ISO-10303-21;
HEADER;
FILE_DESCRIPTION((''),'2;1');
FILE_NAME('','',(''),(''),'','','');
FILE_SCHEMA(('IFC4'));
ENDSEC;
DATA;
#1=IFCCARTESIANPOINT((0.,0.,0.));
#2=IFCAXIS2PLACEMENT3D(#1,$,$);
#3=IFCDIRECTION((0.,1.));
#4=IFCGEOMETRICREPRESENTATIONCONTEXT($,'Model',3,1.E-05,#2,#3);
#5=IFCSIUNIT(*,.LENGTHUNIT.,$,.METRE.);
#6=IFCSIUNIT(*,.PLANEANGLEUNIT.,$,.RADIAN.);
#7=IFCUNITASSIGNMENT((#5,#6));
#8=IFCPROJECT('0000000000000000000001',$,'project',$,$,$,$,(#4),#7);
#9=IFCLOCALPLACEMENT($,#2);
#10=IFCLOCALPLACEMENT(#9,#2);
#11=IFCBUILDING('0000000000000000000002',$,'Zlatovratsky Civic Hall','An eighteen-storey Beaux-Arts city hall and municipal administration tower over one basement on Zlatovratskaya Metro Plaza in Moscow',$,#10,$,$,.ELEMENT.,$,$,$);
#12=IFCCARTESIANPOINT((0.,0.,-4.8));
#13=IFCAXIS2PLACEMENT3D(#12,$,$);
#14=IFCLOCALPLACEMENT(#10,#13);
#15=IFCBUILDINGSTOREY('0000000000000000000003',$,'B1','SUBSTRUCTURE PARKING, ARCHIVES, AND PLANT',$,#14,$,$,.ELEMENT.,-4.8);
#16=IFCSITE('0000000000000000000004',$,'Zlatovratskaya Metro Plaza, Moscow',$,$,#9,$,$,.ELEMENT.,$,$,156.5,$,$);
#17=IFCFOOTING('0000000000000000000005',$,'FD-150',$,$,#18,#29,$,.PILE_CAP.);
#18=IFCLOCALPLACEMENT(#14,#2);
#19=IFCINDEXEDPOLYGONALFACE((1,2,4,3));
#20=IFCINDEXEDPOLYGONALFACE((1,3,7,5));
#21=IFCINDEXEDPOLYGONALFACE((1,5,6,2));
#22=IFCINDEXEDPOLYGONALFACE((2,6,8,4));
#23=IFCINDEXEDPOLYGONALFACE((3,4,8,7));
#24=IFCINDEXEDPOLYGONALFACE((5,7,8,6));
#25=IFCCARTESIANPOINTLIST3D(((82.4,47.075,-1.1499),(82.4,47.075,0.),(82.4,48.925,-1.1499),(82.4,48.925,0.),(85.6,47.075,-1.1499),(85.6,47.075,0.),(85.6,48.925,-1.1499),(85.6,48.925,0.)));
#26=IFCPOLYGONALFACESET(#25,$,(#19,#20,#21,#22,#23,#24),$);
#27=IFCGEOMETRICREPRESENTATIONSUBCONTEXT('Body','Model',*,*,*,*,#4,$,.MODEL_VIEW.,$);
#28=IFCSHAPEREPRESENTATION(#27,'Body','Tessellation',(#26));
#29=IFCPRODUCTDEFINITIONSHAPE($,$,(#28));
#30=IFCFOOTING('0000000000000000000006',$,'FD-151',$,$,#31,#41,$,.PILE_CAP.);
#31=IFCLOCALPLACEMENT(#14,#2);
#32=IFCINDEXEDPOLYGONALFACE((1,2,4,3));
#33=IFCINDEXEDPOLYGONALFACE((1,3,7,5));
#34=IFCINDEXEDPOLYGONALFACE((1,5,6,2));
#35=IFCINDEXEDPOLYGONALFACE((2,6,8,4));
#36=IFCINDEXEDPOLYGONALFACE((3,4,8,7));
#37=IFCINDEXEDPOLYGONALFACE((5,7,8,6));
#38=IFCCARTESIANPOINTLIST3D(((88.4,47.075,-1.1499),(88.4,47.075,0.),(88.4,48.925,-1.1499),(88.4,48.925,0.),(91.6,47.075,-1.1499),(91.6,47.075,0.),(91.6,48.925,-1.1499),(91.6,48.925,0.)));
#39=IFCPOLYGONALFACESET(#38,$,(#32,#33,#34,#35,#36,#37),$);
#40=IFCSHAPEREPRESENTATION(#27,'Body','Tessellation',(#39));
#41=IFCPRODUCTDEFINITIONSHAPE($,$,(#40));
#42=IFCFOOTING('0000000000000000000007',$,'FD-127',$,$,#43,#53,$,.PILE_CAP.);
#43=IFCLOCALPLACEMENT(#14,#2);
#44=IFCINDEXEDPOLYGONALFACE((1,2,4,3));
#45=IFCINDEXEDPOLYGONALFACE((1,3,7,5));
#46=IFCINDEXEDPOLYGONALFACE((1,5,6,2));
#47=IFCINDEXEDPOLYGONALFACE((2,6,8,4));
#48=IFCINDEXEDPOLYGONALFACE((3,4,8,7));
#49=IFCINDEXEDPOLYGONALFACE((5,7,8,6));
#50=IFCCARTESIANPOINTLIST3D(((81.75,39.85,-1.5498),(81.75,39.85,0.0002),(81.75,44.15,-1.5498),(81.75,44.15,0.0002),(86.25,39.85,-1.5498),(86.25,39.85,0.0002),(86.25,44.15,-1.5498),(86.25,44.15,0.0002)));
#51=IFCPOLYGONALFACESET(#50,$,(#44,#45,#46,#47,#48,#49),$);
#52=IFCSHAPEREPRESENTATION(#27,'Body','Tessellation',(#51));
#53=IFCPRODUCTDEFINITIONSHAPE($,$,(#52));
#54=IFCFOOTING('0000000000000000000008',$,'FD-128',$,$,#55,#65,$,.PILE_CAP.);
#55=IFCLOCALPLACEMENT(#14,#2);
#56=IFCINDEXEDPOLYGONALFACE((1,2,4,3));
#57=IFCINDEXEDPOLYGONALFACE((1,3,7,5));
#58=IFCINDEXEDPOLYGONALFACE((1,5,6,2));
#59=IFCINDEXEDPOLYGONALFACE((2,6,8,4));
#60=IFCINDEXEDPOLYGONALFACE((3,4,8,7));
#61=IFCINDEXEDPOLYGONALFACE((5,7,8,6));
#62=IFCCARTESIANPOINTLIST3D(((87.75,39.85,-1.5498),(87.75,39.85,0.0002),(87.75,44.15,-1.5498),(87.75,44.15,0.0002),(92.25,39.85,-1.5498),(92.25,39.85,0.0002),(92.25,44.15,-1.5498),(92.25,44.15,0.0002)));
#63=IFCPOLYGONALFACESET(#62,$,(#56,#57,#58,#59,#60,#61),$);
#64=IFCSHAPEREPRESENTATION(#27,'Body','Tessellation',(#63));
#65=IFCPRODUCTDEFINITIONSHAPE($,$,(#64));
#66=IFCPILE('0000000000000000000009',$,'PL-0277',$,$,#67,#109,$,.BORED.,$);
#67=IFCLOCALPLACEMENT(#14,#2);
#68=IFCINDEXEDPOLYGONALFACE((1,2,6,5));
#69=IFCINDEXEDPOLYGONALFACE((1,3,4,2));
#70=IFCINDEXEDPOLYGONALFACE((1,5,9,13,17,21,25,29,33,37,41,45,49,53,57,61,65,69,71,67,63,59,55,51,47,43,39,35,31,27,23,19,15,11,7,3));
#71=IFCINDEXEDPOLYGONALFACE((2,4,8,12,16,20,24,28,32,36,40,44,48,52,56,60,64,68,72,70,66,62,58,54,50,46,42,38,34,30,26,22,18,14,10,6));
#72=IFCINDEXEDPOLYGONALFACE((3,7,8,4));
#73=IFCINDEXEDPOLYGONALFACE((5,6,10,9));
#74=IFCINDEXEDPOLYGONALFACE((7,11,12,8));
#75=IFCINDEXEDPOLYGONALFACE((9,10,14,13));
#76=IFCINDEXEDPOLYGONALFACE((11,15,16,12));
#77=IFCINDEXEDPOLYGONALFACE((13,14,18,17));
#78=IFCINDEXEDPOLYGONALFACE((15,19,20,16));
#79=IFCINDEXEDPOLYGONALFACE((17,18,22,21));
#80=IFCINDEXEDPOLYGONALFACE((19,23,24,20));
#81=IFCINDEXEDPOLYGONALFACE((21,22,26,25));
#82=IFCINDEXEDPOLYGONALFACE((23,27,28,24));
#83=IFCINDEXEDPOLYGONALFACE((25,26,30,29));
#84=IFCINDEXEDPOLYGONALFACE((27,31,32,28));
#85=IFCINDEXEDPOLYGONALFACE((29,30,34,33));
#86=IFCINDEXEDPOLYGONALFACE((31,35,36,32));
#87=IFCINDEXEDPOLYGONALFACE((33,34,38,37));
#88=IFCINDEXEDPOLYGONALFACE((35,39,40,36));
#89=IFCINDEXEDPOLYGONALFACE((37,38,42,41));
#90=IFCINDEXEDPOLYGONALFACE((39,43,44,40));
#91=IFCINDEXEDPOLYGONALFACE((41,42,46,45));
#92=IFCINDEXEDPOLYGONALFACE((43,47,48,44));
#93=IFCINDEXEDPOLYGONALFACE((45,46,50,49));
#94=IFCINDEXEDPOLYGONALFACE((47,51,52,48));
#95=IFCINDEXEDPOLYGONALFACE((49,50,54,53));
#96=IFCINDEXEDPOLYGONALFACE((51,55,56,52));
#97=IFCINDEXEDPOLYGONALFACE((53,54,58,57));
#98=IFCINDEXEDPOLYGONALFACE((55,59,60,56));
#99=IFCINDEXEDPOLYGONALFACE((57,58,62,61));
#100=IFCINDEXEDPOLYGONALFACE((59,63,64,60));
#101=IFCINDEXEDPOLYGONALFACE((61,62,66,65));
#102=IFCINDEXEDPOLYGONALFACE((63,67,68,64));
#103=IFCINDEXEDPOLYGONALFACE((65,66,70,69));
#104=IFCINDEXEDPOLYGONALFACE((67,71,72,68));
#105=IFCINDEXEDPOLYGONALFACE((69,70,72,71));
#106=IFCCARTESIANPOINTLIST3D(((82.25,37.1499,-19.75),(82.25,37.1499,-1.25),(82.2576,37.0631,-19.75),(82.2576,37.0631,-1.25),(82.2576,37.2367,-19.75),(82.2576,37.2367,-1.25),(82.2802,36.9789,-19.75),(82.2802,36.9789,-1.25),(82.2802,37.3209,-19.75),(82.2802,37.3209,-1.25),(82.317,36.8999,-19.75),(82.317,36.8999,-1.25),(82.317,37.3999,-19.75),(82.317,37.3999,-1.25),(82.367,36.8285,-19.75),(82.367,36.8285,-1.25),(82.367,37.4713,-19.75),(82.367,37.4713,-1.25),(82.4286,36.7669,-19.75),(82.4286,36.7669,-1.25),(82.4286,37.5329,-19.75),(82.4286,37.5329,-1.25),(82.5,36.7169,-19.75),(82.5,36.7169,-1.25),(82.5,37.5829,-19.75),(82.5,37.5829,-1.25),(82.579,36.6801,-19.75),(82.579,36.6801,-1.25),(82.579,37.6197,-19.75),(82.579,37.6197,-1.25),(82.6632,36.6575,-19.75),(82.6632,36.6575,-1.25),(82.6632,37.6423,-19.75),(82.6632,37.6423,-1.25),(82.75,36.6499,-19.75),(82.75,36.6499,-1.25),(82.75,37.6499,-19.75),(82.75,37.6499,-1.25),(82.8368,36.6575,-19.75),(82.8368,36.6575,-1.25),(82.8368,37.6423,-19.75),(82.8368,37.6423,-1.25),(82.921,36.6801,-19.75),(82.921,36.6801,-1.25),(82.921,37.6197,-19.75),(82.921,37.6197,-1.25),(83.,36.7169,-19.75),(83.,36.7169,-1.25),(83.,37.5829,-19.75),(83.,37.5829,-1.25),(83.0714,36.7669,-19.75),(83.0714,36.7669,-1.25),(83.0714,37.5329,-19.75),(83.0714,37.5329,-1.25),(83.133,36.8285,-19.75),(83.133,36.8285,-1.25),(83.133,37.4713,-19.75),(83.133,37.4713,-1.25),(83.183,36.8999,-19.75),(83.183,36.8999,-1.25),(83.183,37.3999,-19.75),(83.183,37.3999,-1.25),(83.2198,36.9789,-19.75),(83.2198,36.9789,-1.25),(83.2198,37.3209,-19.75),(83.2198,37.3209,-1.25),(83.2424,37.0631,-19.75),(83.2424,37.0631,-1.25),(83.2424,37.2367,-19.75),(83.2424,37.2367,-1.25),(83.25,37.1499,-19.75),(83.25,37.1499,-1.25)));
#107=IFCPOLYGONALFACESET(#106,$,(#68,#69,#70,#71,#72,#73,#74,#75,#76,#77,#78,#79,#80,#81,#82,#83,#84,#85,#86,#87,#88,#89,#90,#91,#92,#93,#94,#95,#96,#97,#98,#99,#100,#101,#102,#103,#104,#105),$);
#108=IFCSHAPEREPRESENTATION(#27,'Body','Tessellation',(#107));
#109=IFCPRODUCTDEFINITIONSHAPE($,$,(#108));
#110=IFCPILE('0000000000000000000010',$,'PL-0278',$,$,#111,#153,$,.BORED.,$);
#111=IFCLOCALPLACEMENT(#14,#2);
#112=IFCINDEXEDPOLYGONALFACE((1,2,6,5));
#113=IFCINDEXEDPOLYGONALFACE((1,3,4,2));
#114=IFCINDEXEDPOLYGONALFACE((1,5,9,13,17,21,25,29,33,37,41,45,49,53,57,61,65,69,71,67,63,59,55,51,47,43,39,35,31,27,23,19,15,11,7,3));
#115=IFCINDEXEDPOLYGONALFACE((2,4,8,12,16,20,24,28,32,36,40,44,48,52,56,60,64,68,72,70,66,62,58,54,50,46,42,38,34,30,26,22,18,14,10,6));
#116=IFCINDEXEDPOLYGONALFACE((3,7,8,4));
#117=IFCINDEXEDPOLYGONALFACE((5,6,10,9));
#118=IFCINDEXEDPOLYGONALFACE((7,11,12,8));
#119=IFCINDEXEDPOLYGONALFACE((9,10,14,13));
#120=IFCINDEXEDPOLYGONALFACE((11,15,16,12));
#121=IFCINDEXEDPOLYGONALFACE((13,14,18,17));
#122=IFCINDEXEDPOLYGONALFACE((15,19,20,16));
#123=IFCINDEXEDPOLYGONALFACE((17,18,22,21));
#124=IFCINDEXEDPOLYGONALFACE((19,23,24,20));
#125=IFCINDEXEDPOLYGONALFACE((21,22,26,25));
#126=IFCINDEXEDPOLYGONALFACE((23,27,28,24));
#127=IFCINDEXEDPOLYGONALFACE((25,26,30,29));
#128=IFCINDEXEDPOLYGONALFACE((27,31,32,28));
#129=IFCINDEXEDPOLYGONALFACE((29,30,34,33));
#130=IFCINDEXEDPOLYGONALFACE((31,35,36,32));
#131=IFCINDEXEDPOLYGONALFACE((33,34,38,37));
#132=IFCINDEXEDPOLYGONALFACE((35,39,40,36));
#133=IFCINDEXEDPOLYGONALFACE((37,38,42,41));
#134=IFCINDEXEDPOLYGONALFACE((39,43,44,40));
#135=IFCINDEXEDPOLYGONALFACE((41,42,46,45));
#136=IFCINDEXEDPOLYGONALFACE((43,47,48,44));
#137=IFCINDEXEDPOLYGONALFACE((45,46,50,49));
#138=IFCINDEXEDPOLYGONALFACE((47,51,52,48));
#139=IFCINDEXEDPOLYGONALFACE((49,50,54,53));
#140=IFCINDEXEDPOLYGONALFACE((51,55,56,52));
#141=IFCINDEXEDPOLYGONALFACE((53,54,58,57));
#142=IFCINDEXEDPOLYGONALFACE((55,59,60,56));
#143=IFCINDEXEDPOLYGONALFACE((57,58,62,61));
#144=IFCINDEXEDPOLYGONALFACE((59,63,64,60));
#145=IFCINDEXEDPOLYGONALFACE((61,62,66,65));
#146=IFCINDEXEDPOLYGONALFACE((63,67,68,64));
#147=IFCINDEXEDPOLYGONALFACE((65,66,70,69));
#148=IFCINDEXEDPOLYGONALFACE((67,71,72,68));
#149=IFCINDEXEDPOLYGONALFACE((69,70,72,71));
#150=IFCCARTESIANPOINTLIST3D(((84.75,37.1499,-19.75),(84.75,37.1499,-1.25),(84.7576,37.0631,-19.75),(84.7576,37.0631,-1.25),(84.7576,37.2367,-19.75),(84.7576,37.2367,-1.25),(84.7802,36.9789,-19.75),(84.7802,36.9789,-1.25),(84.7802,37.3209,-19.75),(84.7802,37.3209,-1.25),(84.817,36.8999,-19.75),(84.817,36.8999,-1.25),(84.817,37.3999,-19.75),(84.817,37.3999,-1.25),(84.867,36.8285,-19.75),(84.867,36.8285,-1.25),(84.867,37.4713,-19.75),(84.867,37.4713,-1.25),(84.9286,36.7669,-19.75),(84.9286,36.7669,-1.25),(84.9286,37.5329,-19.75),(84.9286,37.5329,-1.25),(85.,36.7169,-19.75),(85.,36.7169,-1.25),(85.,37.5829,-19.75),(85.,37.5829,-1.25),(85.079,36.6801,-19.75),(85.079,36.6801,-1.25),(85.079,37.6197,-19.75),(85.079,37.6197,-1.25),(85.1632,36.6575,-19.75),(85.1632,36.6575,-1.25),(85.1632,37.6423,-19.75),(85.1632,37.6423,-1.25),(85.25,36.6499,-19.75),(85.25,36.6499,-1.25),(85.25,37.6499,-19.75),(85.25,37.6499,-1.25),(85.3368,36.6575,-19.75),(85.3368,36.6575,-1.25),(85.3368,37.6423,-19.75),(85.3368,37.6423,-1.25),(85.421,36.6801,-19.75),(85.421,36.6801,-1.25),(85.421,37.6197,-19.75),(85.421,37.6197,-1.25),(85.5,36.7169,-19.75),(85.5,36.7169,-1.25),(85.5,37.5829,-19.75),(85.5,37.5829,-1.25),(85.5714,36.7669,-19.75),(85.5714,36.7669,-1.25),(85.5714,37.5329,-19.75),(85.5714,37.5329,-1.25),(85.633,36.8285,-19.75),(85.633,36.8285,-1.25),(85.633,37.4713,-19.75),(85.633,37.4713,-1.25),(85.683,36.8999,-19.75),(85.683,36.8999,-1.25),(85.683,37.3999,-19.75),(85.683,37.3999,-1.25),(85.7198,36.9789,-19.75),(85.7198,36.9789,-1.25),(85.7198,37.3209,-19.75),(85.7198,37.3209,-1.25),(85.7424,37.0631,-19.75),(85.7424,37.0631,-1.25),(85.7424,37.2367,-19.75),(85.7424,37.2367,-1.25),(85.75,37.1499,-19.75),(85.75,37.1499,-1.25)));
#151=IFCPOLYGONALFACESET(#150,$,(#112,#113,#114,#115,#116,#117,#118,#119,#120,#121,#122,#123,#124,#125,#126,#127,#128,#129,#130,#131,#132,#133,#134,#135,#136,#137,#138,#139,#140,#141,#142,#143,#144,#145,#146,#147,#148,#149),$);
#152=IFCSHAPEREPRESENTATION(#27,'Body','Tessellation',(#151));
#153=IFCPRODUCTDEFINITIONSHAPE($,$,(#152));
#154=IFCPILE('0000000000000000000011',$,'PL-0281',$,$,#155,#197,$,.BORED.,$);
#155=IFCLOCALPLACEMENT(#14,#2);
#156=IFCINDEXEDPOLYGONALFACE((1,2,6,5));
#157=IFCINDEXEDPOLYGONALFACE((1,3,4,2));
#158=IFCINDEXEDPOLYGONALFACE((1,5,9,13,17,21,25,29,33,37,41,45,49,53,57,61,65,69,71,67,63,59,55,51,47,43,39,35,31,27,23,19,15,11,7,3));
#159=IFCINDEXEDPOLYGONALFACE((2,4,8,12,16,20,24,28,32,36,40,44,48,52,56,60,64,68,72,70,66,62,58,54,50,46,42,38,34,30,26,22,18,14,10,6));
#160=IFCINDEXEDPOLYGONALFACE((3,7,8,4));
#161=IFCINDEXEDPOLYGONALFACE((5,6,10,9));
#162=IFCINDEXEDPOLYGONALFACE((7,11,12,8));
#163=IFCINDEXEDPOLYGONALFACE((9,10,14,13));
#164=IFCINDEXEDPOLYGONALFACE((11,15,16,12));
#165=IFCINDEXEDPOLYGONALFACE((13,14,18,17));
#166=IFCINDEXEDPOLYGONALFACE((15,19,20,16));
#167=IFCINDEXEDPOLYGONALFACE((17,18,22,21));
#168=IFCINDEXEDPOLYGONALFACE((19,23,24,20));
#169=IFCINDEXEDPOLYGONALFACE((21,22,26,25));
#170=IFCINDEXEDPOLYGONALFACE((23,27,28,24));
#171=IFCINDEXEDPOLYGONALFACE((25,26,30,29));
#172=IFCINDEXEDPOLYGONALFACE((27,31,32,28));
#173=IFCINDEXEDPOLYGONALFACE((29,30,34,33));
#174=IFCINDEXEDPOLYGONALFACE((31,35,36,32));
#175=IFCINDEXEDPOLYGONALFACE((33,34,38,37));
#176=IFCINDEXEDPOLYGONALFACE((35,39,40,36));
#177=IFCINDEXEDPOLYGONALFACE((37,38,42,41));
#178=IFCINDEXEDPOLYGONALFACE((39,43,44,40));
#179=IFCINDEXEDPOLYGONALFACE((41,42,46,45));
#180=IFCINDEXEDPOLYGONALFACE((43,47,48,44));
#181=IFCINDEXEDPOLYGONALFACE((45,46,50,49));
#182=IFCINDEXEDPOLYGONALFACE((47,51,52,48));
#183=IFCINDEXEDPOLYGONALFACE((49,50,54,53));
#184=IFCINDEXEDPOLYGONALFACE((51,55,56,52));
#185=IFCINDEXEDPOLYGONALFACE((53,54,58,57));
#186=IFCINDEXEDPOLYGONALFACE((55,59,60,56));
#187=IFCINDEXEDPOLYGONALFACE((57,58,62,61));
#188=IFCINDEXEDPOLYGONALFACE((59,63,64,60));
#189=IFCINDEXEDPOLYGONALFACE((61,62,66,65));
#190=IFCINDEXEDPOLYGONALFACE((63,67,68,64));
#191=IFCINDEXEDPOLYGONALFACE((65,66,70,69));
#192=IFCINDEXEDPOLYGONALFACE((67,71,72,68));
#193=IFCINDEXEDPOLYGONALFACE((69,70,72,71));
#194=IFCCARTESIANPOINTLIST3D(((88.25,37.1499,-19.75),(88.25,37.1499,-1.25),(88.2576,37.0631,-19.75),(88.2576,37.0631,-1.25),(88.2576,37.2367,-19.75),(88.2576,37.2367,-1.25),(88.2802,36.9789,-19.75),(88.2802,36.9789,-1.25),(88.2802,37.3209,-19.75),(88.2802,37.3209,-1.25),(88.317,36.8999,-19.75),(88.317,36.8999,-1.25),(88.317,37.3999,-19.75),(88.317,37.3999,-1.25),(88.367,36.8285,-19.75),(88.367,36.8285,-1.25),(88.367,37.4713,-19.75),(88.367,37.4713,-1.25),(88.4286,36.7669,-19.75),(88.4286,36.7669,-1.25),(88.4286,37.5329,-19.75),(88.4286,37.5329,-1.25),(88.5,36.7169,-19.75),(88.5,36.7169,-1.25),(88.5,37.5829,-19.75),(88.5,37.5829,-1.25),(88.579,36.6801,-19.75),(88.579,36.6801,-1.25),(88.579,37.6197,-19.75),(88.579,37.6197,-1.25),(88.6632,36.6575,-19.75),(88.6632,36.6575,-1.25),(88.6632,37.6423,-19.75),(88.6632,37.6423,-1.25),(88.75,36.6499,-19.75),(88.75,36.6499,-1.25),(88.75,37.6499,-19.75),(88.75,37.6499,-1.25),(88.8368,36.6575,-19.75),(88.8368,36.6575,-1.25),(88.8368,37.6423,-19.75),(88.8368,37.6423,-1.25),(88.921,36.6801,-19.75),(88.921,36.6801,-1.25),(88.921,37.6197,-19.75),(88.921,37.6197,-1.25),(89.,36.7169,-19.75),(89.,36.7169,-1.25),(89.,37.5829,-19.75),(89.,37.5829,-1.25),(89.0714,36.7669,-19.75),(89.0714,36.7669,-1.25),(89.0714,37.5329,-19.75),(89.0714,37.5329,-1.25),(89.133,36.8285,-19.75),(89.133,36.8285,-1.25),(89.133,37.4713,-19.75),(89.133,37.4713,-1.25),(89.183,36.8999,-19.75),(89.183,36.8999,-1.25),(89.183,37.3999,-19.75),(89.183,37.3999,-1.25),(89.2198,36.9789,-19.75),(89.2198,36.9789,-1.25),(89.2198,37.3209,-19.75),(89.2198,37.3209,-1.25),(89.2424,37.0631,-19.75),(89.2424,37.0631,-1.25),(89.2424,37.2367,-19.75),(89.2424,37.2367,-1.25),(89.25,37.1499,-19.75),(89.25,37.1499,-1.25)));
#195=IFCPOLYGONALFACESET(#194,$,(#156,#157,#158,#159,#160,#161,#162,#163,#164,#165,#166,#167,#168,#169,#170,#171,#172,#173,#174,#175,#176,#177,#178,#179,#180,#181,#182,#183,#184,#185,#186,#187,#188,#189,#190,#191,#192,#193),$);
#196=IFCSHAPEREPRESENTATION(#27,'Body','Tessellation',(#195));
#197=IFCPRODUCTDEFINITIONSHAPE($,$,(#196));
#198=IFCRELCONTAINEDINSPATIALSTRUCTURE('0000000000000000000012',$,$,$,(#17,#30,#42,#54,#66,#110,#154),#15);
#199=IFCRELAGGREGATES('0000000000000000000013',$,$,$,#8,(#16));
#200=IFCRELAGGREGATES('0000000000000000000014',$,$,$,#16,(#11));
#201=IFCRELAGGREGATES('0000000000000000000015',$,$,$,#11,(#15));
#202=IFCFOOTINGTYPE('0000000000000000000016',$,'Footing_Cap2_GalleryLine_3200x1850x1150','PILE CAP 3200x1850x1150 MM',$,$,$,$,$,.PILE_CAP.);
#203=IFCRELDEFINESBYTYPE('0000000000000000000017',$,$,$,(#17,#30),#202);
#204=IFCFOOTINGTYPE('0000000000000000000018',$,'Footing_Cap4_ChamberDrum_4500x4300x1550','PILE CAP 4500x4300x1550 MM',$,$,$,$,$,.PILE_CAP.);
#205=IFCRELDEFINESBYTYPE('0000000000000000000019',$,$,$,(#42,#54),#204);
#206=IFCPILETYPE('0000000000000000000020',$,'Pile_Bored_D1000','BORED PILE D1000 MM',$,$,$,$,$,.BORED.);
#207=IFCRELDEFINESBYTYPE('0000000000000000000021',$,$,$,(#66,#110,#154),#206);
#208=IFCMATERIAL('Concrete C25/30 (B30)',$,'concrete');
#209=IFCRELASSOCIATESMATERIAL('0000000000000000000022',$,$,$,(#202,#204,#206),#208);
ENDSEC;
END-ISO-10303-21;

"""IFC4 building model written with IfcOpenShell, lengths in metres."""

from ifc_helpers import new_model, si_unit, direction, frame, origin, origin_2d, place, context, subcontext, project, spatial, rectangle, circle, extrude, material, material_profile, profile_set, type_object, element, save


model = new_model("IFC4")

# Units and contexts
model_context = context("Model", 3, precision=1e-05, world=origin(), true_north=direction((0.0, 1.0)))
body_context = subcontext(model_context, "Body", "Model", "MODEL_VIEW")
ifc_project = project(units=[si_unit("LENGTHUNIT", "METRE"), si_unit("PLANEANGLEUNIT", "RADIAN")], contexts=[model_context])

# Site, building, storey
site_placement = place(None, origin())
site = spatial("IfcSite", under=ifc_project, at=site_placement, Name="Zlatovratskaya Metro Plaza, Moscow", CompositionType="ELEMENT", RefElevation=156.5)
building_placement = place(site_placement, origin())
building = spatial("IfcBuilding", under=site, at=building_placement, Name="Zlatovratsky Civic Hall", Description="An eighteen-storey Beaux-Arts city hall and municipal administration tower over one basement on Zlatovratskaya Metro Plaza in Moscow", CompositionType="ELEMENT")
storey_placement = place(building_placement, frame((0.0, 0.0, -4.8)))
storey = spatial("IfcBuildingStorey", under=building, at=storey_placement, Name="B1", Description="SUBSTRUCTURE PARKING, ARCHIVES, AND PLANT", CompositionType="ELEMENT", Elevation=-4.8)

# Footings
ifc_material_1 = material(Name="Concrete C25/30 (B30)", Category="concrete")
footing_type_1 = type_object("IfcFootingType", Name="Footing_Cap2_GalleryLine_3200x1850x1150", Description="PILE CAP 3200x1850x1150 MM", PredefinedType="PILE_CAP", material=ifc_material_1)
for number, where, z_axis, x_axis, name in (
    (1, (84.0, 48.0, -1.1499), (0.0, 0.0, 1.0), (1.0, 0.0, 0.0), "FD-150"),
    (2, (90.0, 48.0, -1.1499), (0.0, 0.0, 1.0), (1.0, 0.0, 0.0), "FD-151"),
):
    element("IfcFooting", number, at=place(storey_placement, frame(where, z_axis=z_axis, x_axis=x_axis)), inside=storey, type_object=footing_type_1, Name=name, PredefinedType="PILE_CAP", context=body_context, shape_type="SweptSolid", body=[
        extrude(rectangle(XDim=3.2, YDim=1.8501, at=origin_2d()), origin(), (0.0, 0.0, 1.0), 1.1499),
    ])
footing_type_2 = type_object("IfcFootingType", Name="Footing_Cap4_ChamberDrum_4500x4300x1550", Description="PILE CAP 4500x4300x1550 MM", PredefinedType="PILE_CAP", material=ifc_material_1)
for number, where, z_axis, x_axis, name in (
    (3, (84.0, 42.0, -1.5498), (0.0, 0.0, 1.0), (1.0, 0.0, 0.0), "FD-127"),
    (4, (90.0, 42.0, -1.5498), (0.0, 0.0, 1.0), (1.0, 0.0, 0.0), "FD-128"),
):
    element("IfcFooting", number, at=place(storey_placement, frame(where, z_axis=z_axis, x_axis=x_axis)), inside=storey, type_object=footing_type_2, Name=name, PredefinedType="PILE_CAP", context=body_context, shape_type="SweptSolid", body=[
        extrude(rectangle(XDim=4.5, YDim=4.3, at=origin_2d()), origin(), (0.0, 0.0, 1.0), 1.55),
    ])

# Piles
ifc_material_profile_1 = material_profile(ifc_material_1, circle(Radius=0.5, at=origin_2d()), Name="PILE D1000")
ifc_profile_set_1 = profile_set([ifc_material_profile_1], Name="Concrete C25/30 (B30)")
pile_type_1 = type_object("IfcPileType", Name="Pile_Bored_D1000", Description="BORED PILE D1000 MM", PredefinedType="BORED", material=ifc_profile_set_1)
for number, where, z_axis, x_axis, name in (
    (5, (82.75, 37.1499, -1.25), (0.0, 0.0, -1.0), (1.0, 0.0, 0.0), "PL-0277"),
    (6, (85.25, 37.1499, -1.25), (0.0, 0.0, -1.0), (1.0, 0.0, 0.0), "PL-0278"),
    (7, (88.75, 37.1499, -1.25), (0.0, 0.0, -1.0), (1.0, 0.0, 0.0), "PL-0281"),
):
    element("IfcPile", number, at=place(storey_placement, frame(where, z_axis=z_axis, x_axis=x_axis)), inside=storey, type_object=pile_type_1, Name=name, PredefinedType="BORED", context=body_context, shape_type="SweptSolid", body=[
        extrude(circle(Radius=0.5, at=origin_2d()), origin(), (0.0, 0.0, 1.0), 18.5),
    ])

save(model, "model.ifc")
